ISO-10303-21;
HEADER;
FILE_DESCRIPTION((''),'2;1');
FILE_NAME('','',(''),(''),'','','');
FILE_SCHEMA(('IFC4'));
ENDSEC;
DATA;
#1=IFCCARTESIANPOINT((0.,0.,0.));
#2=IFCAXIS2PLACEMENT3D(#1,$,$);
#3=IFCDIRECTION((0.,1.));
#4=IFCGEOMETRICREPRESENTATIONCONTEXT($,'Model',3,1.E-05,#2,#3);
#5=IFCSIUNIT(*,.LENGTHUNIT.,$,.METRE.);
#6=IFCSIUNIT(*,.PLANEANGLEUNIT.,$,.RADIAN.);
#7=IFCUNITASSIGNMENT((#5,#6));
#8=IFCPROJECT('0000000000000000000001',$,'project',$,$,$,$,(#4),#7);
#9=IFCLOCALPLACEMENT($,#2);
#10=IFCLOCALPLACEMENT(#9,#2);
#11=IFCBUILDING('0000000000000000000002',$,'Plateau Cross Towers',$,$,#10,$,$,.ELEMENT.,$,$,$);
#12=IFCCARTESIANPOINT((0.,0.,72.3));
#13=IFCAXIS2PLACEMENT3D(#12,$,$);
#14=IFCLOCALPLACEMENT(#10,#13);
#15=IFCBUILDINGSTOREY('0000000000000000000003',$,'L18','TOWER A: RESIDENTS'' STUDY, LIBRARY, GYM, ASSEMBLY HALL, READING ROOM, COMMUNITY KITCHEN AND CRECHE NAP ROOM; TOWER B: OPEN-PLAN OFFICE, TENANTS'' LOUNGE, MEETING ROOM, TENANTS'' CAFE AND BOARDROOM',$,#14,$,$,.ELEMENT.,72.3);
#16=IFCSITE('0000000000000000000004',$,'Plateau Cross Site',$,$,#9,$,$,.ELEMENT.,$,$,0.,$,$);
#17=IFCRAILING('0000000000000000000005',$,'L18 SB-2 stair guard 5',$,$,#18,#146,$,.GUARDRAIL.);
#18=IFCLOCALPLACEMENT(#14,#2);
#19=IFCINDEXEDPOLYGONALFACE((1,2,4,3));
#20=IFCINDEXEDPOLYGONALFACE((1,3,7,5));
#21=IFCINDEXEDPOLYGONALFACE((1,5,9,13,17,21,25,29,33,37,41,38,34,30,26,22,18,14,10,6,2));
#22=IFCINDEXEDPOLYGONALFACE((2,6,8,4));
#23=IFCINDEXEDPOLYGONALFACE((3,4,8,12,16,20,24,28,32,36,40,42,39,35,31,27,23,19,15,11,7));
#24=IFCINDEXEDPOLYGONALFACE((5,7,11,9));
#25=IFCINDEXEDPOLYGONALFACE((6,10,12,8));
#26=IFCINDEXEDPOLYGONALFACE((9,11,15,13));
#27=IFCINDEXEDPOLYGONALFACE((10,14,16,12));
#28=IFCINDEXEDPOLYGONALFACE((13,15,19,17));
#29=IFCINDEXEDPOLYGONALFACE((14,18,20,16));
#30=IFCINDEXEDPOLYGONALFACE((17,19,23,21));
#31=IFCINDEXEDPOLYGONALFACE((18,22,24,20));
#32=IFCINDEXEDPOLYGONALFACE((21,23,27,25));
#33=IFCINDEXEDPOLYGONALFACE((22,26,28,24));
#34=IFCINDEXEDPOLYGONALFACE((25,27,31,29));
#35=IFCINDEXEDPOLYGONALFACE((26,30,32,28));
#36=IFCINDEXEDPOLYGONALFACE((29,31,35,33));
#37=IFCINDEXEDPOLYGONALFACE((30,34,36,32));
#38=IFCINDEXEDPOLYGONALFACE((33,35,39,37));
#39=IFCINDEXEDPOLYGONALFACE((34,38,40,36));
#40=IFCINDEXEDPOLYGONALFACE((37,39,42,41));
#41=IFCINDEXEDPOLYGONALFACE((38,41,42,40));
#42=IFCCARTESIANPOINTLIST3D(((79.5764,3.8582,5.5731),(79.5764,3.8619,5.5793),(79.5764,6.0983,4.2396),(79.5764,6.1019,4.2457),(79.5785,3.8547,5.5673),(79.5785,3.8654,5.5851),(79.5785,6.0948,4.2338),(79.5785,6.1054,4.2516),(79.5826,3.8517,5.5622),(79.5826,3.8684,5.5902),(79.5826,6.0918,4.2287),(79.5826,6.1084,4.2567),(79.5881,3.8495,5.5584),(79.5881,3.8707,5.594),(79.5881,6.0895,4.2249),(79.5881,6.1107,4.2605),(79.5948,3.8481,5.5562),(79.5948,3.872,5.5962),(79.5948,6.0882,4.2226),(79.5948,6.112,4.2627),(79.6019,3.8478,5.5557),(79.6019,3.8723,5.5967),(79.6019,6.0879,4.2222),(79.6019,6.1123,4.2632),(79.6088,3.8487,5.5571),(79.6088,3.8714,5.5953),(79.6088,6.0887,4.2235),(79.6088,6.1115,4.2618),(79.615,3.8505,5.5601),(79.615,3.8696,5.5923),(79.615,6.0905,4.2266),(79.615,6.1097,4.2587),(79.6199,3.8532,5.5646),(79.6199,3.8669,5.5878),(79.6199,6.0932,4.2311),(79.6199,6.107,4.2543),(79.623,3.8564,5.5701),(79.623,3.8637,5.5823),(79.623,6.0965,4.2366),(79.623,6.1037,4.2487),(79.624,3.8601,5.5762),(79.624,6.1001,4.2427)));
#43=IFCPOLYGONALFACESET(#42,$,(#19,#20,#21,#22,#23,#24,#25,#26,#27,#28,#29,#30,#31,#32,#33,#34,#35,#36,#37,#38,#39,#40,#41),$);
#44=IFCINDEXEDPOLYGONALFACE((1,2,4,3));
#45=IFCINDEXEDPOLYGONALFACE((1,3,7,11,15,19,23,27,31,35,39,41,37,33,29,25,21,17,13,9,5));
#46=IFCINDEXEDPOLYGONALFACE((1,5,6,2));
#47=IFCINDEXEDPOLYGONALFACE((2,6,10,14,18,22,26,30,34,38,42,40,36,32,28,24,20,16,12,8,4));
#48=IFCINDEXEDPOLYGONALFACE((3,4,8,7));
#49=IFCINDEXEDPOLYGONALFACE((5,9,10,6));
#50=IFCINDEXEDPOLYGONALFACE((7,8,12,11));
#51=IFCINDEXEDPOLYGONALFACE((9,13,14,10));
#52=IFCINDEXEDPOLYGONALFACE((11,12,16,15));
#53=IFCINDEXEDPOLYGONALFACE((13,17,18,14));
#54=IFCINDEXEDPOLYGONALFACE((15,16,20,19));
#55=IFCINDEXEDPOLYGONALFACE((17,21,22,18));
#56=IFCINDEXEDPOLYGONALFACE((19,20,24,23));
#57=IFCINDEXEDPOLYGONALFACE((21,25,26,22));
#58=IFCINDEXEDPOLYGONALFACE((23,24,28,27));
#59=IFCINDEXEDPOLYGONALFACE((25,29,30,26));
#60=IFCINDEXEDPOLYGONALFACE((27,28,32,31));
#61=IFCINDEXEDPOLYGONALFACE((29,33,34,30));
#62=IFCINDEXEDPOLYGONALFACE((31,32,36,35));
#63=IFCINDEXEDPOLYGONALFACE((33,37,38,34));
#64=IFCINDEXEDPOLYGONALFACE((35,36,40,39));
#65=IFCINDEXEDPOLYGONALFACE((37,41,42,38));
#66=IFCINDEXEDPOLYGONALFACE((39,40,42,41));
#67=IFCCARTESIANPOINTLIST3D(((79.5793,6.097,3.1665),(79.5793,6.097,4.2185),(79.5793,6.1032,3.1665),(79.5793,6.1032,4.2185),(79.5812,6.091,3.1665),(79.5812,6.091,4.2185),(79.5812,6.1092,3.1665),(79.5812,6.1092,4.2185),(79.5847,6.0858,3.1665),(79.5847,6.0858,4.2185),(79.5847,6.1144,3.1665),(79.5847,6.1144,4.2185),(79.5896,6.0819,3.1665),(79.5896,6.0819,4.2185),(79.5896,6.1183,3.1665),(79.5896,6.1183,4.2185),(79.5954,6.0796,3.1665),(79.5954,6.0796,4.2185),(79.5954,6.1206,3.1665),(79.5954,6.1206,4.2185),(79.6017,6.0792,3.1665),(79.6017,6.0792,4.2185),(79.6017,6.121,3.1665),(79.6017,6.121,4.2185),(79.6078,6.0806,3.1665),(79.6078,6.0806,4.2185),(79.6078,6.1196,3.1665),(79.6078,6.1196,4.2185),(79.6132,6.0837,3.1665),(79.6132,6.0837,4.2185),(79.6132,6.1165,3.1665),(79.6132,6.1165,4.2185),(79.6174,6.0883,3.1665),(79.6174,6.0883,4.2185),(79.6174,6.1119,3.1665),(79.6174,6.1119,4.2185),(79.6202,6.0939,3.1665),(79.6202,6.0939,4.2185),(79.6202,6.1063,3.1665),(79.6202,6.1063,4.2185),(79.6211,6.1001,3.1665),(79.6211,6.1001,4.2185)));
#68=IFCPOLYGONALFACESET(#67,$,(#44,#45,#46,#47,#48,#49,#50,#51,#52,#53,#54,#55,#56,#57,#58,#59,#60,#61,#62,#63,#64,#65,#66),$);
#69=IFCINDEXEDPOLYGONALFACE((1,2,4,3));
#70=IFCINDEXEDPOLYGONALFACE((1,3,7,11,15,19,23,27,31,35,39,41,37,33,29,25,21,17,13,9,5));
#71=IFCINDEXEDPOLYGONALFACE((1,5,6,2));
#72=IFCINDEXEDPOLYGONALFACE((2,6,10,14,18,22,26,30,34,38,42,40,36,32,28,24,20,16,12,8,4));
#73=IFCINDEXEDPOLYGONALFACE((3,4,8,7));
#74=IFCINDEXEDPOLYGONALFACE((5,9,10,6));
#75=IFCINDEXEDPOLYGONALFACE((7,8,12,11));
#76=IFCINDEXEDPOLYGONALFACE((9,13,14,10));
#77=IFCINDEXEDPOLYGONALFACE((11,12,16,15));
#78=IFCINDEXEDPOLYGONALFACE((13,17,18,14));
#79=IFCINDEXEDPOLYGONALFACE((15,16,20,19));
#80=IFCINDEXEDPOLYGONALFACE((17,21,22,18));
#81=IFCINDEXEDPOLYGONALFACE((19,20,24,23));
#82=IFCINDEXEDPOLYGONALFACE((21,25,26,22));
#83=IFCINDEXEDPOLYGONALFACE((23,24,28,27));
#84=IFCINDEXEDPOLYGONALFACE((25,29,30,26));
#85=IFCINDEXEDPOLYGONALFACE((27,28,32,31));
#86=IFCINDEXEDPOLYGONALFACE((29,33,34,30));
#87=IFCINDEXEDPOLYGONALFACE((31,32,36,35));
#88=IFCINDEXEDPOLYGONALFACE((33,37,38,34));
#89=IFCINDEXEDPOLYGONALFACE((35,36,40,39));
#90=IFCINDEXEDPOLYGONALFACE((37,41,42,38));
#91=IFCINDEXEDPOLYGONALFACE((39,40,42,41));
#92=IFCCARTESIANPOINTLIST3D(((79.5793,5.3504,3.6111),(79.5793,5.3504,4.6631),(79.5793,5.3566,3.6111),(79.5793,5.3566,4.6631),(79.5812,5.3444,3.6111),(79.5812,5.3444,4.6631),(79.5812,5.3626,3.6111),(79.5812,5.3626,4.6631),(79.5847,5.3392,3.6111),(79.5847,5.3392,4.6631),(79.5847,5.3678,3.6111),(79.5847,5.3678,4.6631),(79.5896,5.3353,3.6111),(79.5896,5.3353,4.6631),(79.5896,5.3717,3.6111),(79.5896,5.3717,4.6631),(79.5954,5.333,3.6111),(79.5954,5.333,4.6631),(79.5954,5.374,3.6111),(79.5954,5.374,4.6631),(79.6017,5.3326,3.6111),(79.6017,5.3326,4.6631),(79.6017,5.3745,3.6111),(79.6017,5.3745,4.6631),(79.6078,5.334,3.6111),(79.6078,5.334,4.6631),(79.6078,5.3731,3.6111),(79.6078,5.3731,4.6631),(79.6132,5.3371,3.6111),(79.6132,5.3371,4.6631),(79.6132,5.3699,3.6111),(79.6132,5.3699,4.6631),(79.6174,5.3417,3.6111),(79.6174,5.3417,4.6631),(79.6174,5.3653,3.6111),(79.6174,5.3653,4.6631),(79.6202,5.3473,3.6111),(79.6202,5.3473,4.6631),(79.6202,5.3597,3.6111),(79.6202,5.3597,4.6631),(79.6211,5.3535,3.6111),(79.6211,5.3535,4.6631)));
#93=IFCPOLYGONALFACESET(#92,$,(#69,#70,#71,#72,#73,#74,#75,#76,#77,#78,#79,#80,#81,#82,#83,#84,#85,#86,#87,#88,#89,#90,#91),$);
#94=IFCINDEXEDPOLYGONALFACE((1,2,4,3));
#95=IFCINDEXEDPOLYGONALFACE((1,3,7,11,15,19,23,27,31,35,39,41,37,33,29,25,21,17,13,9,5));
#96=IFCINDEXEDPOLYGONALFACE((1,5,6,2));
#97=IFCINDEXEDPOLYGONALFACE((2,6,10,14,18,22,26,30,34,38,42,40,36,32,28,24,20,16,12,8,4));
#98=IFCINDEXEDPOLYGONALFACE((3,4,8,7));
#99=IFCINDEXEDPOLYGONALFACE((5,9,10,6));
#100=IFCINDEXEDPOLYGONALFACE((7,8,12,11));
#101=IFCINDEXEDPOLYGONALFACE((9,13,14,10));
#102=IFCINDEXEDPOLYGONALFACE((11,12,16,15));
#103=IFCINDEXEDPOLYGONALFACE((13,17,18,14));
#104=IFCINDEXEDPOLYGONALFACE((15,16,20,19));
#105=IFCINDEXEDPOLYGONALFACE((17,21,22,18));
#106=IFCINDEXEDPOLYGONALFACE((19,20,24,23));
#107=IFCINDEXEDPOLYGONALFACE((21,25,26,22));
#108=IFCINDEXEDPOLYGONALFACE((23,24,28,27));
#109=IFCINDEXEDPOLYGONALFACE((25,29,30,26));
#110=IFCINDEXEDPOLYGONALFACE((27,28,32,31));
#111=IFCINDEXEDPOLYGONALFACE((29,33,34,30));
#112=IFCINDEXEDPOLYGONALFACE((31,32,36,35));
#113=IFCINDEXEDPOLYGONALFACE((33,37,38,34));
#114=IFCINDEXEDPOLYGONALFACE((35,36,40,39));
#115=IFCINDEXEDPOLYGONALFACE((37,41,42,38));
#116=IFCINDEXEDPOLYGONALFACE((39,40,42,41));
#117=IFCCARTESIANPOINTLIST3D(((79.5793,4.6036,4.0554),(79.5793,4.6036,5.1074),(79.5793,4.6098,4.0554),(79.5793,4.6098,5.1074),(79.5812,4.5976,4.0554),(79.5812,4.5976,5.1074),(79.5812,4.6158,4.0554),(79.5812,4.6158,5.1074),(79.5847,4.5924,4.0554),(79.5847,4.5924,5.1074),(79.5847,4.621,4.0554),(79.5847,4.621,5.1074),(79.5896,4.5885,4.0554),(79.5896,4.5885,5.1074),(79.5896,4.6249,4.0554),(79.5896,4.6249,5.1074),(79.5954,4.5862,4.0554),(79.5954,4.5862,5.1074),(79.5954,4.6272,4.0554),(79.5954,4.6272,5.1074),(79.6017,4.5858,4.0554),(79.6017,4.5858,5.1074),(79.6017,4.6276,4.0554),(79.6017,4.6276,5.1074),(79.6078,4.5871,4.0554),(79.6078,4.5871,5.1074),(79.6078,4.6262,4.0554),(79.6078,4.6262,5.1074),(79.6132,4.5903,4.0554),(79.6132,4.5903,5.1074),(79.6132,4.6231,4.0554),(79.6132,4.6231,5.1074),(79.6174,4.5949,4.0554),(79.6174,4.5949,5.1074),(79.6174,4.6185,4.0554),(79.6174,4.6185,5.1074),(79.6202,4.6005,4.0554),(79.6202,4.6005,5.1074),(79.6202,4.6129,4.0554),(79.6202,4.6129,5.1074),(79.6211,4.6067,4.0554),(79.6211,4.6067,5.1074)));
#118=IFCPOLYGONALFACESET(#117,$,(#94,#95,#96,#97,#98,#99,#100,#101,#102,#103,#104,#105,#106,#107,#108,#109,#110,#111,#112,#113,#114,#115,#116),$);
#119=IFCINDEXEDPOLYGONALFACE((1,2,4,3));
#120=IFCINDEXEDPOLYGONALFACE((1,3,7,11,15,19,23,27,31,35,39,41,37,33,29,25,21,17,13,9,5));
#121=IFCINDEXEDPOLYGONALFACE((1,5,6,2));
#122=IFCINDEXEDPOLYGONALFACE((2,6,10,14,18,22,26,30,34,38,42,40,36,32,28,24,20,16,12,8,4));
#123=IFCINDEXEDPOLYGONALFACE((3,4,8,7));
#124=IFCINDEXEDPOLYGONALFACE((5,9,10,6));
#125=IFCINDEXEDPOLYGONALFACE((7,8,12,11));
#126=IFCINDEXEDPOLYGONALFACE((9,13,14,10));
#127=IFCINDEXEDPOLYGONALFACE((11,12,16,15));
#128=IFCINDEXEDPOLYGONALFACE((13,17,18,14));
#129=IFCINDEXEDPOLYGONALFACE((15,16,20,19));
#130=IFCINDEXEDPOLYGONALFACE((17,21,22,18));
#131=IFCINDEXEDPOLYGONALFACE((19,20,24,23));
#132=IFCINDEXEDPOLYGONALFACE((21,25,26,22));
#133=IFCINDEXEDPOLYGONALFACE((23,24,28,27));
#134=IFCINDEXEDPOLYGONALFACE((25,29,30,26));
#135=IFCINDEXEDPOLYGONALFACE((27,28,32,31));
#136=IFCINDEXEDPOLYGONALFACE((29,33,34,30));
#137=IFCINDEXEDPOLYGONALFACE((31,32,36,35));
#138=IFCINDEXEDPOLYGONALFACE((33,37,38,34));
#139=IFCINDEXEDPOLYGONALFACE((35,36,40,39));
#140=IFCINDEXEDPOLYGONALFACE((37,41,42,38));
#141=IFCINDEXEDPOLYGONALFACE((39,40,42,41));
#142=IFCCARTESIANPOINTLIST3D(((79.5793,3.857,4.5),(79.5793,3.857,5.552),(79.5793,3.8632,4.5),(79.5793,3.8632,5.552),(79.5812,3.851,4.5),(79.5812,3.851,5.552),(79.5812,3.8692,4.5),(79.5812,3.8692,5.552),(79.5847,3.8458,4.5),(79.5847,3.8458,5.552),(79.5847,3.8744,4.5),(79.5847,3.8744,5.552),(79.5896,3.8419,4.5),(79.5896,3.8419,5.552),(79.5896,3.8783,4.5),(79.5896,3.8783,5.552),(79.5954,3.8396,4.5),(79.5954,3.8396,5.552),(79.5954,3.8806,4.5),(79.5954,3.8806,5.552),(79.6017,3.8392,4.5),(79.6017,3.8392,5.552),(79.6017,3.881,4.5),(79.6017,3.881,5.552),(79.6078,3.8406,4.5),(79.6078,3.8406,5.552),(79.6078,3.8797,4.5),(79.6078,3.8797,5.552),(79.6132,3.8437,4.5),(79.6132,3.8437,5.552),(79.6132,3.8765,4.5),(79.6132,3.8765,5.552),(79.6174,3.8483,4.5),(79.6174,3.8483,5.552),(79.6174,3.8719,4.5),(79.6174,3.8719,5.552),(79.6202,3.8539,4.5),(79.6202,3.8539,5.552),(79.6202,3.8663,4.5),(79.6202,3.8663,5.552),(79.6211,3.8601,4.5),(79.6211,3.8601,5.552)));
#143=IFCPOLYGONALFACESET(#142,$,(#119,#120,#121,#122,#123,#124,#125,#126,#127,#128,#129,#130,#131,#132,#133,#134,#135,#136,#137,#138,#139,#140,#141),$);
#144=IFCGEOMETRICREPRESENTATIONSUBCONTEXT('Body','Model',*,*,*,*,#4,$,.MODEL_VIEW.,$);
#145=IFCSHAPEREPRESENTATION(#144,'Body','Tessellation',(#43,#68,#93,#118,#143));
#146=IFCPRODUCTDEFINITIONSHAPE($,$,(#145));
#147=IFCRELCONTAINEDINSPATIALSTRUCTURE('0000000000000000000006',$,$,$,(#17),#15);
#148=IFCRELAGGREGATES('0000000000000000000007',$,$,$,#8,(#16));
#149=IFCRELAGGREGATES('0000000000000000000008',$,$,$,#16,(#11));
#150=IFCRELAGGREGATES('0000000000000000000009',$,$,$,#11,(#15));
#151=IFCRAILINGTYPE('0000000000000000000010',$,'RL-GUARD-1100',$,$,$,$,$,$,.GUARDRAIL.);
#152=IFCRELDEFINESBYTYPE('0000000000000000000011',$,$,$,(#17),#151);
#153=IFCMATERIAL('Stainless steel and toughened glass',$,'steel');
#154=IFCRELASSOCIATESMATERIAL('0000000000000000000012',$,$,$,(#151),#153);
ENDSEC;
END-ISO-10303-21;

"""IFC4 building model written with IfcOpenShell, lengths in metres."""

from ifc_helpers import new_model, si_unit, direction, frame, origin, origin_2d, place, context, subcontext, project, spatial, circle, extrude, material, type_object, element, save


model = new_model("IFC4")

# Units and contexts
model_context = context("Model", 3, precision=1e-05, world=origin(), true_north=direction((0.0, 1.0)))
body_context = subcontext(model_context, "Body", "Model", "MODEL_VIEW")
ifc_project = project(units=[si_unit("LENGTHUNIT", "METRE"), si_unit("PLANEANGLEUNIT", "RADIAN")], contexts=[model_context])

# Site, building, storey
site_placement = place(None, origin())
site = spatial("IfcSite", under=ifc_project, at=site_placement, Name="Plateau Cross Site", CompositionType="ELEMENT", RefElevation=0.0)
building_placement = place(site_placement, origin())
building = spatial("IfcBuilding", under=site, at=building_placement, Name="Plateau Cross Towers", CompositionType="ELEMENT")
storey_placement = place(building_placement, frame((0.0, 0.0, 72.3)))
storey = spatial("IfcBuildingStorey", under=building, at=storey_placement, Name="L18", Description="TOWER A: RESIDENTS' STUDY, LIBRARY, GYM, ASSEMBLY HALL, READING ROOM, COMMUNITY KITCHEN AND CRECHE NAP ROOM; TOWER B: OPEN-PLAN OFFICE, TENANTS' LOUNGE, MEETING ROOM, TENANTS' CAFE AND BOARDROOM", CompositionType="ELEMENT", Elevation=72.3)

# Railing
ifc_material_1 = material(Name="Stainless steel and toughened glass", Category="steel")
railing_type_1 = type_object("IfcRailingType", Name="RL-GUARD-1100", PredefinedType="GUARDRAIL", material=ifc_material_1)
railing_1_placement = place(storey_placement, frame((79.6001, 6.1001, 3.1665)))
element("IfcRailing", 1, at=railing_1_placement, inside=storey, type_object=railing_type_1, Name="L18 SB-2 stair guard 5", PredefinedType="GUARDRAIL", context=body_context, shape_type="SweptSolid", body=[
    extrude(circle(Radius=0.0239, at=origin_2d()), frame((0.0, 0.0, 1.0762), z_axis=(0.0, -0.859264, 0.511532), x_axis=(1.0, 0.0, 0.0)), (0.0, 0.0, 1.0), 2.6069),
    extrude(circle(Radius=0.021, at=origin_2d()), origin(), (0.0, 0.0, 1.0), 1.052),
    extrude(circle(Radius=0.021, at=origin_2d()), frame((0.0, -0.7466, 0.4446)), (0.0, 0.0, 1.0), 1.052),
    extrude(circle(Radius=0.021, at=origin_2d()), frame((0.0, -1.4934, 0.8889)), (0.0, 0.0, 1.0), 1.052),
    extrude(circle(Radius=0.021, at=origin_2d()), frame((0.0, -2.24, 1.3335)), (0.0, 0.0, 1.0), 1.052),
])

save(model, "model.ifc")
